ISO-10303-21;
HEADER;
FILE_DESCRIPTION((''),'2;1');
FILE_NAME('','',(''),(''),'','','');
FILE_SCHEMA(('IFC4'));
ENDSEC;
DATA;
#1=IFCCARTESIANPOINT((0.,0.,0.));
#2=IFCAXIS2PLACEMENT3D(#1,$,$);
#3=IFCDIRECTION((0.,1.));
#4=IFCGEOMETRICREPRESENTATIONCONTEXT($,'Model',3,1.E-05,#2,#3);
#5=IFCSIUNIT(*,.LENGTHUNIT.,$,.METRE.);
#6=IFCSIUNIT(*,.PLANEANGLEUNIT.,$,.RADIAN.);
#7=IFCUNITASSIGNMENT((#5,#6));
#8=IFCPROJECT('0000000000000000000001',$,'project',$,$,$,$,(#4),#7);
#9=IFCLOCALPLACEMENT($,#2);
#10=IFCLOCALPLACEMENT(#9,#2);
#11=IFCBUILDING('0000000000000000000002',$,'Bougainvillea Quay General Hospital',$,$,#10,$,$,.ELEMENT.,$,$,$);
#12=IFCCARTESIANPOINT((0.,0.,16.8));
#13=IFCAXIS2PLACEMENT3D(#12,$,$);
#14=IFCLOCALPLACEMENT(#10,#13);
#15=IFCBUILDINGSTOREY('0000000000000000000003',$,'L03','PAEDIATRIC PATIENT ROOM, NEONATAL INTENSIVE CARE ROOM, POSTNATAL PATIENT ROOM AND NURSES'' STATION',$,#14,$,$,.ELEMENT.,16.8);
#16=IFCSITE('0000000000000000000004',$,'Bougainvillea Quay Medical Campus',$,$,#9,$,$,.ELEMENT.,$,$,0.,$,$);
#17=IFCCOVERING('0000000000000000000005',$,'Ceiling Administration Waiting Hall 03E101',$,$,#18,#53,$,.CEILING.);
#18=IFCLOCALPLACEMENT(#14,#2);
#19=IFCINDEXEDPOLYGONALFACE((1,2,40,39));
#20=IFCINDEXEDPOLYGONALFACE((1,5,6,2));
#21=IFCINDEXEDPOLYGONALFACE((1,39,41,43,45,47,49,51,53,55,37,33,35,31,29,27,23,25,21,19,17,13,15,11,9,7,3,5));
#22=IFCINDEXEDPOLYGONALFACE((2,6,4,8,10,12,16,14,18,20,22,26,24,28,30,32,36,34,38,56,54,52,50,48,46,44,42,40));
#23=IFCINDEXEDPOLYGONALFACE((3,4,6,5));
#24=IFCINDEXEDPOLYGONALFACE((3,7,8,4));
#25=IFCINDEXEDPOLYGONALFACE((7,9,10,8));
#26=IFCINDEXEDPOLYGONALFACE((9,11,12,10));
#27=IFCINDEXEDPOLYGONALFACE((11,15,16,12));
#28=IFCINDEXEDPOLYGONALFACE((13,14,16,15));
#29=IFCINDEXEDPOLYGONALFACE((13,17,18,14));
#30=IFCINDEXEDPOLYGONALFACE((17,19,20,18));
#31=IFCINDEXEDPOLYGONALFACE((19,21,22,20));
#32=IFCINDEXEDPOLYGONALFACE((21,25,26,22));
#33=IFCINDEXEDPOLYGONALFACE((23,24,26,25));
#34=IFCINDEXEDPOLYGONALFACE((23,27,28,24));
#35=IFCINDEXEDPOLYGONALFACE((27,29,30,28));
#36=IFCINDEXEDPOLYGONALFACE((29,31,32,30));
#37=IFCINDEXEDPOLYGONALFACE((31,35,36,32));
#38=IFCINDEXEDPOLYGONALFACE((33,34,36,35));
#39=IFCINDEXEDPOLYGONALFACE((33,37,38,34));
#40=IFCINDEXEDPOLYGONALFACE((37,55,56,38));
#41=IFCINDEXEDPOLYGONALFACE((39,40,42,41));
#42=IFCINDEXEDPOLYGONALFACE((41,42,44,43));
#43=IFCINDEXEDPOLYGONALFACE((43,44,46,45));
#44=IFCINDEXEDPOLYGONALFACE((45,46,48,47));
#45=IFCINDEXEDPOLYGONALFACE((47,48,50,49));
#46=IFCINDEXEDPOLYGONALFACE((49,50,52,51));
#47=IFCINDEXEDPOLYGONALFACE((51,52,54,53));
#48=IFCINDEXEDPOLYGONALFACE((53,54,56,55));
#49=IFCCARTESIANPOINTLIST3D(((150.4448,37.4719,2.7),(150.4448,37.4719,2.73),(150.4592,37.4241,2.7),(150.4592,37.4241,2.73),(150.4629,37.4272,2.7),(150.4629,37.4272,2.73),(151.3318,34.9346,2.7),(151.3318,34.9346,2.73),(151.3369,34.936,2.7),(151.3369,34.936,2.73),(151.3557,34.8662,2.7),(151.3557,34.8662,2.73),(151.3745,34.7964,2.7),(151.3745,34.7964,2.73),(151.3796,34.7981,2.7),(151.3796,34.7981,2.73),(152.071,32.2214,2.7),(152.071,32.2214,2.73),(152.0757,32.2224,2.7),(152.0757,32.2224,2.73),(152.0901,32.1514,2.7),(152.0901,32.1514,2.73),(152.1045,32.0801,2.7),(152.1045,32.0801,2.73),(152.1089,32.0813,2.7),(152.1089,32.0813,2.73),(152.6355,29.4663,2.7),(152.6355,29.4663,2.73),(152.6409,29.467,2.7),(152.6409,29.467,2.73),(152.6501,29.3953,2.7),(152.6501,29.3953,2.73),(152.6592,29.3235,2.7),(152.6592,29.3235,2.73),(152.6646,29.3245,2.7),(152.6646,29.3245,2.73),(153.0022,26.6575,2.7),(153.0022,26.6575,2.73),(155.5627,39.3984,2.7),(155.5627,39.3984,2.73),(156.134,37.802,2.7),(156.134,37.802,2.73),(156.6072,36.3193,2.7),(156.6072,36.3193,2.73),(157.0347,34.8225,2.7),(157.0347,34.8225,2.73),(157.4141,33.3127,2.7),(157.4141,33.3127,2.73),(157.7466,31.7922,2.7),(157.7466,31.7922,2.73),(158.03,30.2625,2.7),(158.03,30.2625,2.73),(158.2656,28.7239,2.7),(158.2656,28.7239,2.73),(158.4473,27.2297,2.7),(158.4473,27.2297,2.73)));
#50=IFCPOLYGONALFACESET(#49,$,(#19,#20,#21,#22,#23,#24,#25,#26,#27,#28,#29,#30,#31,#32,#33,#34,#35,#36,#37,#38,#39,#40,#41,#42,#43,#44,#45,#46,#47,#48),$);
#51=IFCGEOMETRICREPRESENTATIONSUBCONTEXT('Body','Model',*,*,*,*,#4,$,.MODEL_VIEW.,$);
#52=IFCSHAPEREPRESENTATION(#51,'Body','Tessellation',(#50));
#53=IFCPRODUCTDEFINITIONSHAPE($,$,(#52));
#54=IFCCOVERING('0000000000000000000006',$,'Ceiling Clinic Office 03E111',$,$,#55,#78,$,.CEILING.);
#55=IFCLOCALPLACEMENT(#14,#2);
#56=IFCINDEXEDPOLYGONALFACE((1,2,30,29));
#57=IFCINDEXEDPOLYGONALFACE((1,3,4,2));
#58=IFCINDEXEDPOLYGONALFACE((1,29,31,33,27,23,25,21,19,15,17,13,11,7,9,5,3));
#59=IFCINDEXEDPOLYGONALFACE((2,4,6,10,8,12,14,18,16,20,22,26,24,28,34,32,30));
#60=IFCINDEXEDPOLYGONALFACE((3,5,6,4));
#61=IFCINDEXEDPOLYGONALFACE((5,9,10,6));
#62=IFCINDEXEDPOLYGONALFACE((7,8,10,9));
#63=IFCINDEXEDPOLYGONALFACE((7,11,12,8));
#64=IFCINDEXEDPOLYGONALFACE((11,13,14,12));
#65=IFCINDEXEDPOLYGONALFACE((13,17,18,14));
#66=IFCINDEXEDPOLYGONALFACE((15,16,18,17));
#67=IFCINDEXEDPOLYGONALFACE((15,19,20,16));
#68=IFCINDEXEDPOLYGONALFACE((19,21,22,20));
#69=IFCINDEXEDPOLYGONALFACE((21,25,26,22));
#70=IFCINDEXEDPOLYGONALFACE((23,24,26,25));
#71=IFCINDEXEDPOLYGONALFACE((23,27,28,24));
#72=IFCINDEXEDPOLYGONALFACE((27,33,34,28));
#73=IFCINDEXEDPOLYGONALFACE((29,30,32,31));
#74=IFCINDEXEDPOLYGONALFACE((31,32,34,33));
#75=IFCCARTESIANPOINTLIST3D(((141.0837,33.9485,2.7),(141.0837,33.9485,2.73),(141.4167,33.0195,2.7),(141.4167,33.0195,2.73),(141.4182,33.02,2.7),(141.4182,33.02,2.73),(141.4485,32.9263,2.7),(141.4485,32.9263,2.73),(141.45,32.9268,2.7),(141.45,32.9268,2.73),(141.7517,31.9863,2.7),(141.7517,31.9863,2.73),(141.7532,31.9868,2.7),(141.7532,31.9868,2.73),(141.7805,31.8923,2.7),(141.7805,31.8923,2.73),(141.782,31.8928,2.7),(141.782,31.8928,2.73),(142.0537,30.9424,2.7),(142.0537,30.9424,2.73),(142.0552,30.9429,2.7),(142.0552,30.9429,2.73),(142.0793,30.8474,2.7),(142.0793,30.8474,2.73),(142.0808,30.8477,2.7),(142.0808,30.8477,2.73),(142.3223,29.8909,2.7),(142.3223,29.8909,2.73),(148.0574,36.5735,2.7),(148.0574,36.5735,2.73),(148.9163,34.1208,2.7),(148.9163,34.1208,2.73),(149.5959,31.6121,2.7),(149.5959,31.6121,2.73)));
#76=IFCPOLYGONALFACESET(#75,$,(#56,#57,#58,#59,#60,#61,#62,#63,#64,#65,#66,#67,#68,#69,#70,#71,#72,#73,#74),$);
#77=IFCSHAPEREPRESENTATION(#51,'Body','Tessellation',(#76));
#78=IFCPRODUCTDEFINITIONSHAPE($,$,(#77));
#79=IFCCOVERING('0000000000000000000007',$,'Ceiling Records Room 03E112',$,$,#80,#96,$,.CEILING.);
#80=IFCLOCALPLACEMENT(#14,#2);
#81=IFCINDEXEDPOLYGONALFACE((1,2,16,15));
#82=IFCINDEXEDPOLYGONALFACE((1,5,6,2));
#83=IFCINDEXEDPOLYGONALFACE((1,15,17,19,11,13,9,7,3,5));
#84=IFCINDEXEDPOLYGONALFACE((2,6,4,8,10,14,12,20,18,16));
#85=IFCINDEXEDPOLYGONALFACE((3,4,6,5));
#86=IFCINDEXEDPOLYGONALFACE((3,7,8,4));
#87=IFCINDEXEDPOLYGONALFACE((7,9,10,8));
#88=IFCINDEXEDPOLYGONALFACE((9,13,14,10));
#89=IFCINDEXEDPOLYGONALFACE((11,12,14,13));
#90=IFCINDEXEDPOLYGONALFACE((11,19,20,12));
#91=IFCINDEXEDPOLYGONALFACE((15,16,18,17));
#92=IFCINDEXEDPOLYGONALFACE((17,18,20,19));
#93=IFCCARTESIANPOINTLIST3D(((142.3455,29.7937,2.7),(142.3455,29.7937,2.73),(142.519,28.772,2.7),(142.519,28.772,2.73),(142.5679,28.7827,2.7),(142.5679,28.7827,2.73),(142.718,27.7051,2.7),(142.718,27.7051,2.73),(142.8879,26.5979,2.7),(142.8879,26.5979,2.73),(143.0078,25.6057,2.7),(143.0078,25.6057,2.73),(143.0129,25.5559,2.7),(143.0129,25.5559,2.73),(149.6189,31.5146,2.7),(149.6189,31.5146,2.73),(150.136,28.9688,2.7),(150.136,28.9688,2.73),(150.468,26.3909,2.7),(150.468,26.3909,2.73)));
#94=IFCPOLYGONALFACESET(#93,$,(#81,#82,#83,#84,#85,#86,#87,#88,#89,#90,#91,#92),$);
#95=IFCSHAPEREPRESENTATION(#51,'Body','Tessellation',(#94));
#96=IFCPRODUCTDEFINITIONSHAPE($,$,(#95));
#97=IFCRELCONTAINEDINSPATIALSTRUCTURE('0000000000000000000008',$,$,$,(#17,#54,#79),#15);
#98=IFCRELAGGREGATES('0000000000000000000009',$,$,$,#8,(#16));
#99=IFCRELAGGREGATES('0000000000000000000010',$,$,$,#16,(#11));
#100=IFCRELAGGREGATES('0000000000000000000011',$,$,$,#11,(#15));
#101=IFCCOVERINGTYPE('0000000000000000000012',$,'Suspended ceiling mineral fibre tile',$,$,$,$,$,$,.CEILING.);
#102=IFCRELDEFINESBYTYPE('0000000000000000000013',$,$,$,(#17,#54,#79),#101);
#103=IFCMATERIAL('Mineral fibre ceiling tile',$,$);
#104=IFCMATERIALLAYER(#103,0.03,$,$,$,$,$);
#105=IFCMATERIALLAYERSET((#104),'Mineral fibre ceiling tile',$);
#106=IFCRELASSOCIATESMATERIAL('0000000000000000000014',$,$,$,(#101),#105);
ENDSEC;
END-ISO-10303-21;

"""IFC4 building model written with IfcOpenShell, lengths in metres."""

from ifc_helpers import new_model, si_unit, direction, frame, origin, place, context, subcontext, project, spatial, polyline, outline, extrude, material, layer, layer_set, type_object, element, save


model = new_model("IFC4")

# Units and contexts
model_context = context("Model", 3, precision=1e-05, world=origin(), true_north=direction((0.0, 1.0)))
body_context = subcontext(model_context, "Body", "Model", "MODEL_VIEW")
ifc_project = project(units=[si_unit("LENGTHUNIT", "METRE"), si_unit("PLANEANGLEUNIT", "RADIAN")], contexts=[model_context])

# Site, building, storey
site_placement = place(None, origin())
site = spatial("IfcSite", under=ifc_project, at=site_placement, Name="Bougainvillea Quay Medical Campus", CompositionType="ELEMENT", RefElevation=0.0)
building_placement = place(site_placement, origin())
building = spatial("IfcBuilding", under=site, at=building_placement, Name="Bougainvillea Quay General Hospital", CompositionType="ELEMENT")
storey_placement = place(building_placement, frame((0.0, 0.0, 16.8)))
storey = spatial("IfcBuildingStorey", under=building, at=storey_placement, Name="L03", Description="PAEDIATRIC PATIENT ROOM, NEONATAL INTENSIVE CARE ROOM, POSTNATAL PATIENT ROOM AND NURSES' STATION", CompositionType="ELEMENT", Elevation=16.8)

# Coverings
ifc_material_1 = material(Name="Mineral fibre ceiling tile")
ifc_layer_1 = layer(ifc_material_1, 0.03)
ifc_layer_set_1 = layer_set([ifc_layer_1], Name="Mineral fibre ceiling tile")
covering_type = type_object("IfcCoveringType", Name="Suspended ceiling mineral fibre tile", PredefinedType="CEILING", material=ifc_layer_set_1)
covering_1_placement = place(storey_placement, frame((0.0, 0.0, 2.7)))
element("IfcCovering", 1, at=covering_1_placement, inside=storey, type_object=covering_type, Name="Ceiling Administration Waiting Hall 03E101", PredefinedType="CEILING", context=body_context, shape_type="SweptSolid", body=[
    extrude(outline(polyline([(150.4592, 37.4241), (151.3318, 34.9346), (151.3369, 34.936), (151.3557, 34.8662), (151.3796, 34.7981), (151.3745, 34.7964), (152.071, 32.2214), (152.0757, 32.2224), (152.0901, 32.1514), (152.1089, 32.0813), (152.1045, 32.0801), (152.6355, 29.4663), (152.6409, 29.467), (152.6501, 29.3953), (152.6646, 29.3245), (152.6592, 29.3235), (153.0022, 26.6575), (158.4473, 27.2297), (158.2656, 28.7239), (158.03, 30.2625), (157.7466, 31.7922), (157.4141, 33.3127), (157.0347, 34.8225), (156.6072, 36.3193), (156.134, 37.802), (155.5627, 39.3984), (150.4448, 37.4719), (150.4629, 37.4272), (150.4592, 37.4241)])), origin(), (0.0, 0.0, 1.0), 0.03),
])
covering_2_placement = place(storey_placement, frame((0.0, 0.0, 2.7)))
element("IfcCovering", 2, at=covering_2_placement, inside=storey, type_object=covering_type, Name="Ceiling Clinic Office 03E111", PredefinedType="CEILING", context=body_context, shape_type="SweptSolid", body=[
    extrude(outline(polyline([(142.0808, 30.8477), (142.0793, 30.8474), (142.3223, 29.8909), (149.5959, 31.6121), (148.9163, 34.1208), (148.0574, 36.5735), (141.0837, 33.9485), (141.4167, 33.0195), (141.4182, 33.02), (141.45, 32.9268), (141.4485, 32.9263), (141.7517, 31.9863), (141.7532, 31.9868), (141.782, 31.8928), (141.7805, 31.8923), (142.0537, 30.9424), (142.0552, 30.9429), (142.0808, 30.8477)])), origin(), (0.0, 0.0, 1.0), 0.03),
])
covering_3_placement = place(storey_placement, frame((0.0, 0.0, 2.7)))
element("IfcCovering", 3, at=covering_3_placement, inside=storey, type_object=covering_type, Name="Ceiling Records Room 03E112", PredefinedType="CEILING", context=body_context, shape_type="SweptSolid", body=[
    extrude(outline(polyline([(143.0129, 25.5559), (143.0078, 25.6057), (150.468, 26.3909), (150.136, 28.9688), (149.6189, 31.5146), (142.3455, 29.7937), (142.5679, 28.7827), (142.519, 28.772), (142.718, 27.7051), (142.8879, 26.5979), (143.0129, 25.5559)])), origin(), (0.0, 0.0, 1.0), 0.03),
])

save(model, "model.ifc")
